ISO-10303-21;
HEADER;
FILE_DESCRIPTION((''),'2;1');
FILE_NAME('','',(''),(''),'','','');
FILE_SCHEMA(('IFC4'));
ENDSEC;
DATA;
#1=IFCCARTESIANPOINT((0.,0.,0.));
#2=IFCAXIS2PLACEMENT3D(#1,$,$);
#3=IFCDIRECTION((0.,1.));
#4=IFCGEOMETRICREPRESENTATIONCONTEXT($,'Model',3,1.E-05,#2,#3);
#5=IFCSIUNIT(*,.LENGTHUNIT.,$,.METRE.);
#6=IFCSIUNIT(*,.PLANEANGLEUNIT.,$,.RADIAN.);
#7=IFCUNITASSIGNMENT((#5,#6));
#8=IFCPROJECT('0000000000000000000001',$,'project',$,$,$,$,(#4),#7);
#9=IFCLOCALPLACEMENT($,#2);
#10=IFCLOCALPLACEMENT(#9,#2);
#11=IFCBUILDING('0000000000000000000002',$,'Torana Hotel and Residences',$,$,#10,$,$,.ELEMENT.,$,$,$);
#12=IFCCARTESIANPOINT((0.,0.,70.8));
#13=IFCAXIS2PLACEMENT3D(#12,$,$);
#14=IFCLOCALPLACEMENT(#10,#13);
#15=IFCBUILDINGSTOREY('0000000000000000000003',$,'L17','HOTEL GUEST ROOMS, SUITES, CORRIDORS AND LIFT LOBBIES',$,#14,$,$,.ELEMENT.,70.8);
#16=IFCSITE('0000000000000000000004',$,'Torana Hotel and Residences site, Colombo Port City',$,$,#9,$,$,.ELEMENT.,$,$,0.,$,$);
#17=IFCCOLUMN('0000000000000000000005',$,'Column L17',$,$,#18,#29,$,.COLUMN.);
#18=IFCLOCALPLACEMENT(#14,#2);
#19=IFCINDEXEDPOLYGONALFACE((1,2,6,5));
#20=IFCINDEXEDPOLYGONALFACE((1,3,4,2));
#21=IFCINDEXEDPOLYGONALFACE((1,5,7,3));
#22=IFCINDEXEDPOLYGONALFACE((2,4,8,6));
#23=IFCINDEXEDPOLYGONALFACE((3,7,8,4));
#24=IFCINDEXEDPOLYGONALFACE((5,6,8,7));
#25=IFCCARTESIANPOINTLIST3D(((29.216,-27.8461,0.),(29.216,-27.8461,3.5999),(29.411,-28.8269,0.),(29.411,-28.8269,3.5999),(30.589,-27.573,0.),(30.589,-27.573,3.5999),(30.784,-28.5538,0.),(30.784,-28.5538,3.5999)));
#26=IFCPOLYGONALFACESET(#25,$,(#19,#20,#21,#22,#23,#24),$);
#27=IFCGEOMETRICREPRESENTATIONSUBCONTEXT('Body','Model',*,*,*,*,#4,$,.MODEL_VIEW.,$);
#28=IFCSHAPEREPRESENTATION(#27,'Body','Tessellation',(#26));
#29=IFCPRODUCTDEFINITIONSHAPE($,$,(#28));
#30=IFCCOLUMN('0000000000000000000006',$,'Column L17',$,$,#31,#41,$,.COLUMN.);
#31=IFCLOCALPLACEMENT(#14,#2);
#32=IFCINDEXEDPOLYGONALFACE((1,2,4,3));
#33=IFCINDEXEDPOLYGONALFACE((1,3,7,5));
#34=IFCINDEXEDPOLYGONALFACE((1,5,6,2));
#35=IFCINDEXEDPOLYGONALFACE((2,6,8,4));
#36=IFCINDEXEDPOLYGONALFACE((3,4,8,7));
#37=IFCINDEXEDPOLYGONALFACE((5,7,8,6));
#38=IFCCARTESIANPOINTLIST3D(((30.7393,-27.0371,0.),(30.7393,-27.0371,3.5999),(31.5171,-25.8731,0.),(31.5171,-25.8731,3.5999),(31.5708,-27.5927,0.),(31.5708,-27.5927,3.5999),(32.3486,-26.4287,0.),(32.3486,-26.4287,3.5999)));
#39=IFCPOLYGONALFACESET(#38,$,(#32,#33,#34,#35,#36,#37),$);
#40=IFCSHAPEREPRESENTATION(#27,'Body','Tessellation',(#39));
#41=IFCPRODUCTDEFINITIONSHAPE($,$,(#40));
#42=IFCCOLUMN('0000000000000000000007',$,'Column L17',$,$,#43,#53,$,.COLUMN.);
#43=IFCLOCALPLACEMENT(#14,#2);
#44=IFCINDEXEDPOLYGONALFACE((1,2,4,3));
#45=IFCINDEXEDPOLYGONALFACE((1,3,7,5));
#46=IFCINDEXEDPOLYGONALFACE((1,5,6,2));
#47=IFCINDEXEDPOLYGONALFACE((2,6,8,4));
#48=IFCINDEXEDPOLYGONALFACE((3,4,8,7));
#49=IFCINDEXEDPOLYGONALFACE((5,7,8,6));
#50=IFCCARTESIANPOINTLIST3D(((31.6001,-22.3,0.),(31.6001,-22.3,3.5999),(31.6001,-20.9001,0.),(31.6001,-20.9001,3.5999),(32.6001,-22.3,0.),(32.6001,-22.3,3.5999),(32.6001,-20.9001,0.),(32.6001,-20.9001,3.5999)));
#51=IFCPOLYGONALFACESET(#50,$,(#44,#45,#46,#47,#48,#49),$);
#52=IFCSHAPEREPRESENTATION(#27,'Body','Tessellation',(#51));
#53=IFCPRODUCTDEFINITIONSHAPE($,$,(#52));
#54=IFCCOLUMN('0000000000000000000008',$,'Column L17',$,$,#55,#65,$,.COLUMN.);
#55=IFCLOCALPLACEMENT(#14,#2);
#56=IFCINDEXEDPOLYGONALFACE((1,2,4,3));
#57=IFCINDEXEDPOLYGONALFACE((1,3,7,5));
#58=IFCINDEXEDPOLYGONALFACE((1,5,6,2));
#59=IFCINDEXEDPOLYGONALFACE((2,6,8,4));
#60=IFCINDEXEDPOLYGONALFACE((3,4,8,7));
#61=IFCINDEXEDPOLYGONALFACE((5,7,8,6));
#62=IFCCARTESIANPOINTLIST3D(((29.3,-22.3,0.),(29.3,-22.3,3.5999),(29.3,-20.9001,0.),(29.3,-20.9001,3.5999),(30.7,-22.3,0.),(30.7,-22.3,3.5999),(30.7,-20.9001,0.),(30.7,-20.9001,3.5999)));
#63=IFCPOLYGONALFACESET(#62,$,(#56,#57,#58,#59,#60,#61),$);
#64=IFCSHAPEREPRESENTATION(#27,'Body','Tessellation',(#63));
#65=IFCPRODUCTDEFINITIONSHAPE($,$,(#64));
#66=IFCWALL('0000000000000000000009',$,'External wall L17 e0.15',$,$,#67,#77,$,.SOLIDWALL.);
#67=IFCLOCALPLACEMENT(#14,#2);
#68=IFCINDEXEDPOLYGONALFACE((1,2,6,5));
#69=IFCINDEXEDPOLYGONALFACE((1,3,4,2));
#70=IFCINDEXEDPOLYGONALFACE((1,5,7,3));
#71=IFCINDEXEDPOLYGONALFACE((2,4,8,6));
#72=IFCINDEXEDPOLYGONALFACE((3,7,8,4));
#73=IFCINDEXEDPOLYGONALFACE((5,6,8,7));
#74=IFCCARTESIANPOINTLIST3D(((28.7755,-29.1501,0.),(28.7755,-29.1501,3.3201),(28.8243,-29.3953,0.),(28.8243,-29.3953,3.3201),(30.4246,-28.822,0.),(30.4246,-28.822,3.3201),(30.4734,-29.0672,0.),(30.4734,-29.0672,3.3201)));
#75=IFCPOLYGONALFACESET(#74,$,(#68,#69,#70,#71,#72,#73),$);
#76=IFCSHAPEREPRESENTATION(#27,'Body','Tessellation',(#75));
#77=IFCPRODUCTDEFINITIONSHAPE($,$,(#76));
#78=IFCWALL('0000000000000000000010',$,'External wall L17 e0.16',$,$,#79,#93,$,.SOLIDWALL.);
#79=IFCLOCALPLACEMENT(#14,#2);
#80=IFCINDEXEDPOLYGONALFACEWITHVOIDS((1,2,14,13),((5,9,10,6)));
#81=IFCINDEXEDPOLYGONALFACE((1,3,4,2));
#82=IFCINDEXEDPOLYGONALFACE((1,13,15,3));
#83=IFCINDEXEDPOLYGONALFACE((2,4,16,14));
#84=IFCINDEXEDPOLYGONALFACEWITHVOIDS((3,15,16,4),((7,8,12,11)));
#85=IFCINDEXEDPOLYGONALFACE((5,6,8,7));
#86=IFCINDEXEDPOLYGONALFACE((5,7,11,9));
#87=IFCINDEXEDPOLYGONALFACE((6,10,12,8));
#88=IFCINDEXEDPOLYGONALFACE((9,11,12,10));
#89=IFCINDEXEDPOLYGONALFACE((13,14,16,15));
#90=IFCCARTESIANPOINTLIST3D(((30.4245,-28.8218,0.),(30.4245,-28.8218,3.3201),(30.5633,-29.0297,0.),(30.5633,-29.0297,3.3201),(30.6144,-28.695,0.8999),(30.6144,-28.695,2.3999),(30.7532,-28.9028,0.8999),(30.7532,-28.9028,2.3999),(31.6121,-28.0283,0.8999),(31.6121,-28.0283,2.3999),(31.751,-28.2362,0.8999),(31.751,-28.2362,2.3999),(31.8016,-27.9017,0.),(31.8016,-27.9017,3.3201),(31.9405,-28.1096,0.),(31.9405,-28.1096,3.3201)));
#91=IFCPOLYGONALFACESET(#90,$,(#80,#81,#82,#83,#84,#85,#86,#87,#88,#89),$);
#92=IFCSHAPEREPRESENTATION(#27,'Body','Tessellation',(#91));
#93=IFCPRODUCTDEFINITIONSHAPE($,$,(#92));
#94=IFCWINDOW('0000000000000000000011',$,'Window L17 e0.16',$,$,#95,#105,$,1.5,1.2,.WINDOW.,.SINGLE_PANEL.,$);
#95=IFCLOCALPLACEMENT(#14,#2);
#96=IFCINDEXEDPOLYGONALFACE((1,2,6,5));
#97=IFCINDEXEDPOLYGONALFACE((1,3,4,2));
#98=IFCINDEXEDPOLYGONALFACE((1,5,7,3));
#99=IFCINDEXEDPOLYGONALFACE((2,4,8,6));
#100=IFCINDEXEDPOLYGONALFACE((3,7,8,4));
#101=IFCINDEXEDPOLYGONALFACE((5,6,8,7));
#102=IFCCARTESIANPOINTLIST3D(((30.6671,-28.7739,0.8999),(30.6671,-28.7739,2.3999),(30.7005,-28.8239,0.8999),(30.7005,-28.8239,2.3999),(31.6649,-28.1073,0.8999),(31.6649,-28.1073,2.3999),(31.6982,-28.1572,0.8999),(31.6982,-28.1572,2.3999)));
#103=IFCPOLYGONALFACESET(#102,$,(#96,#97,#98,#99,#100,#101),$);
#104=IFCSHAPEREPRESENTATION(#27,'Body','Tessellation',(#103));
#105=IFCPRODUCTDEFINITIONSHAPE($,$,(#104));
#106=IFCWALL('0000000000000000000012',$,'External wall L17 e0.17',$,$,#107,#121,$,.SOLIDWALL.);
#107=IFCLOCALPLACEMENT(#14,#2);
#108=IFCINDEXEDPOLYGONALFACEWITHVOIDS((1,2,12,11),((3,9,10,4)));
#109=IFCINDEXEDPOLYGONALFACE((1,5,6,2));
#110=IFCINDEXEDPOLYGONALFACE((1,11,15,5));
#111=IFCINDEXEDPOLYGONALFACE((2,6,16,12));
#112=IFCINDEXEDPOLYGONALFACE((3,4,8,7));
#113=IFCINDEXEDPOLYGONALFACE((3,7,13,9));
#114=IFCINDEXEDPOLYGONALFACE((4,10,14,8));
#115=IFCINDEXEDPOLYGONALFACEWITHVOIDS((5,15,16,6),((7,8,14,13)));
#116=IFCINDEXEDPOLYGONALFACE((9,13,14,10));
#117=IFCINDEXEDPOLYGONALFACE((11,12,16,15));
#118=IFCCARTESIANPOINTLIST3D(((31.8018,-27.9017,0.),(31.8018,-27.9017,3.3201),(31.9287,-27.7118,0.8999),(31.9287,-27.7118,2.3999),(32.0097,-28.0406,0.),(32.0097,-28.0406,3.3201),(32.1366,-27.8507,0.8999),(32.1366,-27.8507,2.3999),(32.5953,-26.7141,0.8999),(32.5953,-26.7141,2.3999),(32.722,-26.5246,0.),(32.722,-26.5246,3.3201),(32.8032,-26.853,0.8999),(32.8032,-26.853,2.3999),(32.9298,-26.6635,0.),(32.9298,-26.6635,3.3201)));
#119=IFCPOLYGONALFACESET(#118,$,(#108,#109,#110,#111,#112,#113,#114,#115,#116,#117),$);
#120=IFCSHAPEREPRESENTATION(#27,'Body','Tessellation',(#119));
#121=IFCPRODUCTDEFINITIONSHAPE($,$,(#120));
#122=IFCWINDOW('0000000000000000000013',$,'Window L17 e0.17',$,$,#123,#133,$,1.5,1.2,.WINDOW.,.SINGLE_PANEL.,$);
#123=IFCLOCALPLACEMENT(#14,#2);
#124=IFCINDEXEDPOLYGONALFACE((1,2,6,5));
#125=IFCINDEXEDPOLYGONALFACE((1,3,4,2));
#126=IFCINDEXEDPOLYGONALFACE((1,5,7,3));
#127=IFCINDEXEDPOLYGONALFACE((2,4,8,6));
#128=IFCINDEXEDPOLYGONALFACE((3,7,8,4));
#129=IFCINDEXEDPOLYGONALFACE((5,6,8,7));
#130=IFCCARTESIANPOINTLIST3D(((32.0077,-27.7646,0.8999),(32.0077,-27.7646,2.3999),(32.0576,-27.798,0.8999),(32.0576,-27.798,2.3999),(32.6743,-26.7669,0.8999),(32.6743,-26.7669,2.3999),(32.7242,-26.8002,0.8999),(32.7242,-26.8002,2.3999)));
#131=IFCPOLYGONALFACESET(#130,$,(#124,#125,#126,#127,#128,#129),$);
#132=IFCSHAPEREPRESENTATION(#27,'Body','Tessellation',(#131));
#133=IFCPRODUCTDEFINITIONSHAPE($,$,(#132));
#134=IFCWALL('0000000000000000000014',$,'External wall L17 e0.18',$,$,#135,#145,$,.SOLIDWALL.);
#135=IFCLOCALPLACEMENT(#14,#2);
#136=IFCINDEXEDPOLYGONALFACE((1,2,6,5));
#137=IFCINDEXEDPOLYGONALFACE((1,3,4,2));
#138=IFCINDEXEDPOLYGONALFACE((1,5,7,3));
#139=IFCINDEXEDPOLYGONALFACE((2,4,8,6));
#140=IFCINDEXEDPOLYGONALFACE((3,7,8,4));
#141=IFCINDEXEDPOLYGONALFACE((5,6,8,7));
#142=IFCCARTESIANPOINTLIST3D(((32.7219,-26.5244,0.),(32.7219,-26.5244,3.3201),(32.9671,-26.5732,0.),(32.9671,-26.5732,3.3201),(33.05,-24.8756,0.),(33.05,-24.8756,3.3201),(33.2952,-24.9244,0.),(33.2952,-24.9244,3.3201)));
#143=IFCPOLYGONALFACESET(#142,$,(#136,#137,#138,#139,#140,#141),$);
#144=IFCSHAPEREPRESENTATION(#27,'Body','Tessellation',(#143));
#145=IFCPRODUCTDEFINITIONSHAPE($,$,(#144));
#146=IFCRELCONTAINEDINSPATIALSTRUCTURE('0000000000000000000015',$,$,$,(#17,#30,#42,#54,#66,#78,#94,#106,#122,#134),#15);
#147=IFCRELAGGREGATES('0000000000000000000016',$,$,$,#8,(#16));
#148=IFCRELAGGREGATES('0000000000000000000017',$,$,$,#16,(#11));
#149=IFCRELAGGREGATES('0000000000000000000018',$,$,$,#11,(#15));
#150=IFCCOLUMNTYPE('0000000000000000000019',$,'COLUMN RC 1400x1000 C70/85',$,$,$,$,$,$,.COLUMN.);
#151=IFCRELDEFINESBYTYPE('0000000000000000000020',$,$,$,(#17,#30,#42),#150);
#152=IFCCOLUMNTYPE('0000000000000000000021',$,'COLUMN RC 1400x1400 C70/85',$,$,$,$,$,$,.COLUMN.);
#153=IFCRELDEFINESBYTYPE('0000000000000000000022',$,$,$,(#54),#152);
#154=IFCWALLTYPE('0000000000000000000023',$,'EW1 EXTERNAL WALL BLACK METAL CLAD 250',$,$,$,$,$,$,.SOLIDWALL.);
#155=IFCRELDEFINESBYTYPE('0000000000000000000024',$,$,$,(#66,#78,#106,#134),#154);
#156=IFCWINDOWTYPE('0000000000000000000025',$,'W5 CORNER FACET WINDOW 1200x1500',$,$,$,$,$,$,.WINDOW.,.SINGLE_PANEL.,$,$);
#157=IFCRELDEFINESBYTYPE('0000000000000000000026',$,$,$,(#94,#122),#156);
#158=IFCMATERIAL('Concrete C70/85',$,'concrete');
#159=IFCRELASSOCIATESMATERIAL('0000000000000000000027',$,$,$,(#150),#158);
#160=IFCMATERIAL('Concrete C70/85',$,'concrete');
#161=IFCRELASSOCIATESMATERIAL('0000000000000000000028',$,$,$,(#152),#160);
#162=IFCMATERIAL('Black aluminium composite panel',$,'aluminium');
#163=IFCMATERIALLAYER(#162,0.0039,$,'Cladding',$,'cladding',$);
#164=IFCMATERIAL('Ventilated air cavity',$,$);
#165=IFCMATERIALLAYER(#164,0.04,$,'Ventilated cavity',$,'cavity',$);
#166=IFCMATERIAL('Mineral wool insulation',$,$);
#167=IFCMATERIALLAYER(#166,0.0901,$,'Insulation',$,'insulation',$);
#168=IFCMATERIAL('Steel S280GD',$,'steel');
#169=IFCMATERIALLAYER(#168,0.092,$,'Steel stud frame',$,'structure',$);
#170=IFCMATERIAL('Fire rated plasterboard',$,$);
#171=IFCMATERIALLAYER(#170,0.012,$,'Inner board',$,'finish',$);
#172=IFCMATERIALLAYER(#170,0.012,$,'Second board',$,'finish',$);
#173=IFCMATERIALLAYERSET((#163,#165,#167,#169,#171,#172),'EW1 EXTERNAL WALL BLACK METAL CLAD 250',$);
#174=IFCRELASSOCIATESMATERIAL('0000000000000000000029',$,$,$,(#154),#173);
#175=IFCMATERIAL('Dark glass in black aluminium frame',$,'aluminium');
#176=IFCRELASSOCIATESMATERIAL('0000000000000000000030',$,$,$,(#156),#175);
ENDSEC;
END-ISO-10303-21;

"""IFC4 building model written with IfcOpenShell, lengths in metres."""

from ifc_helpers import new_model, si_unit, direction, frame, frame_2d, origin, origin_2d, place, context, subcontext, project, spatial, rectangle, extrude, material, layer, layer_set, material_profile, profile_set, type_object, element, fill, save


model = new_model("IFC4")

# Units and contexts
model_context = context("Model", 3, precision=1e-05, world=origin(), true_north=direction((0.0, 1.0)))
body_context = subcontext(model_context, "Body", "Model", "MODEL_VIEW")
ifc_project = project(units=[si_unit("LENGTHUNIT", "METRE"), si_unit("PLANEANGLEUNIT", "RADIAN")], contexts=[model_context])

# Site, building, storey
site_placement = place(None, origin())
site = spatial("IfcSite", under=ifc_project, at=site_placement, Name="Torana Hotel and Residences site, Colombo Port City", CompositionType="ELEMENT", RefElevation=0.0)
building_placement = place(site_placement, origin())
building = spatial("IfcBuilding", under=site, at=building_placement, Name="Torana Hotel and Residences", CompositionType="ELEMENT")
storey_placement = place(building_placement, frame((0.0, 0.0, 70.8)))
storey = spatial("IfcBuildingStorey", under=building, at=storey_placement, Name="L17", Description="HOTEL GUEST ROOMS, SUITES, CORRIDORS AND LIFT LOBBIES", CompositionType="ELEMENT", Elevation=70.8)

# Columns
ifc_material_1 = material(Name="Concrete C70/85", Category="concrete")
ifc_material_profile_1 = material_profile(ifc_material_1, rectangle(XDim=1.3999, YDim=1.0, at=origin_2d()), Name="RC 1400x1000")
ifc_profile_set_1 = profile_set([ifc_material_profile_1], Name="Concrete C70/85")
column_type_1 = type_object("IfcColumnType", Name="COLUMN RC 1400x1000 C70/85", PredefinedType="COLUMN", material=ifc_profile_set_1)
for number, where, z_axis, x_axis, name in (
    (1, (30.0, -28.2, 0.0), (0.0, 0.0, 1.0), (0.980792, 0.195056, 0.0), "Column L17"),
    (2, (31.5439, -26.7329, 0.0), (0.0, 0.0, 1.0), (0.555585, 0.83146, 0.0), "Column L17"),
    (3, (32.1001, -21.6001, 0.0), (0.0, 0.0, 1.0), (0.0, 1.0, 0.0), "Column L17"),
):
    element("IfcColumn", number, at=place(storey_placement, frame(where, z_axis=z_axis, x_axis=x_axis)), inside=storey, type_object=column_type_1, Name=name, PredefinedType="COLUMN", context=body_context, shape_type="SweptSolid", body=[
        extrude(rectangle(XDim=1.3999, YDim=1.0, at=origin_2d()), origin(), (0.0, 0.0, 1.0), 3.5999),
    ])
ifc_material_2 = material(Name="Concrete C70/85", Category="concrete")
ifc_material_profile_2 = material_profile(ifc_material_2, rectangle(XDim=1.3999, YDim=1.3999, at=origin_2d()), Name="RC 1400x1400")
ifc_profile_set_2 = profile_set([ifc_material_profile_2], Name="Concrete C70/85")
column_type_2 = type_object("IfcColumnType", Name="COLUMN RC 1400x1400 C70/85", PredefinedType="COLUMN", material=ifc_profile_set_2)
column_placement = place(storey_placement, frame((30.0, -21.6001, 0.0), z_axis=(0.0, 0.0, 1.0), x_axis=(1.0, 0.0, 0.0)))
element("IfcColumn", 4, at=column_placement, inside=storey, type_object=column_type_2, Name="Column L17", PredefinedType="COLUMN", context=body_context, shape_type="SweptSolid", body=[
    extrude(rectangle(XDim=1.3999, YDim=1.3999, at=origin_2d()), origin(), (0.0, 0.0, 1.0), 3.5999),
])

# Wall
ifc_material_3 = material(Name="Black aluminium composite panel", Category="aluminium")
ifc_layer_1 = layer(ifc_material_3, 0.0039, Name="Cladding", Category="cladding")
ifc_material_4 = material(Name="Ventilated air cavity")
ifc_layer_2 = layer(ifc_material_4, 0.04, Name="Ventilated cavity", Category="cavity")
ifc_material_5 = material(Name="Mineral wool insulation")
ifc_layer_3 = layer(ifc_material_5, 0.0901, Name="Insulation", Category="insulation")
ifc_material_6 = material(Name="Steel S280GD", Category="steel")
ifc_layer_4 = layer(ifc_material_6, 0.092, Name="Steel stud frame", Category="structure")
ifc_material_7 = material(Name="Fire rated plasterboard")
ifc_layer_5 = layer(ifc_material_7, 0.012, Name="Inner board", Category="finish")
ifc_layer_6 = layer(ifc_material_7, 0.012, Name="Second board", Category="finish")
ifc_layer_set_1 = layer_set([ifc_layer_1, ifc_layer_2, ifc_layer_3, ifc_layer_4, ifc_layer_5, ifc_layer_6], Name="EW1 EXTERNAL WALL BLACK METAL CLAD 250")
wall_type_1 = type_object("IfcWallType", Name="EW1 EXTERNAL WALL BLACK METAL CLAD 250", PredefinedType="SOLIDWALL", material=ifc_layer_set_1)
wall_1_placement = place(storey_placement, frame((28.7998, -29.2727, 0.0), z_axis=(0.0, 0.0, 1.0), x_axis=(0.980776, 0.195139, 0.0)))
element("IfcWall", 5, at=wall_1_placement, inside=storey, type_object=wall_type_1, Name="External wall L17 e0.15", PredefinedType="SOLIDWALL", context=body_context, shape_type="SweptSolid", body=[
    extrude(rectangle(XDim=1.6814, YDim=0.25, at=frame_2d((0.8408, 0.0))), origin(), (0.0, 0.0, 1.0), 3.3201),
])

# Walls, openings, windows
wall_2_placement = place(storey_placement, frame((30.4939, -28.9258, 0.0), z_axis=(0.0, 0.0, 1.0), x_axis=(0.831483, 0.55555, 0.0)))
wall_2 = element("IfcWall", 6, at=wall_2_placement, inside=storey, type_object=wall_type_1, Name="External wall L17 e0.16", PredefinedType="SOLIDWALL", context=body_context, shape_type="SweptSolid", body=[
    extrude(rectangle(XDim=1.6562, YDim=0.25, at=frame_2d((0.8281, 0.0))), origin(), (0.0, 0.0, 1.0), 3.3201),
])
opening_1_placement = place(wall_2_placement, frame((0.2283, 0.0, 0.8999)))
opening_1 = element("IfcOpeningElement", 7, at=opening_1_placement, cuts=wall_2, PredefinedType="OPENING", context=body_context, shape_type="SweptSolid", body=[
    extrude(rectangle(XDim=1.2, YDim=1.5, at=frame_2d((0.6001, 0.75))), frame((0.0, 0.135, 0.0), z_axis=(0.0, -1.0, 0.0), x_axis=(1.0, 0.0, 0.0)), (0.0, 0.0, 1.0), 0.27),
])
ifc_material_8 = material(Name="Dark glass in black aluminium frame", Category="aluminium")
window_type_1 = type_object("IfcWindowType", Name="W5 CORNER FACET WINDOW 1200x1500", PartitioningType="SINGLE_PANEL", PredefinedType="WINDOW", material=ifc_material_8)
window_1_placement = place(opening_1_placement, origin())
window_1 = element("IfcWindow", 8, at=window_1_placement, inside=storey, type_object=window_type_1, Name="Window L17 e0.16", OverallHeight=1.5, OverallWidth=1.2, PartitioningType="SINGLE_PANEL", PredefinedType="WINDOW", context=body_context, shape_type="SweptSolid", body=[
    extrude(rectangle(XDim=1.2, YDim=1.5, at=frame_2d((0.6001, 0.75))), frame((0.0, 0.03, 0.0), z_axis=(0.0, -1.0, 0.0), x_axis=(1.0, 0.0, 0.0)), (0.0, 0.0, 1.0), 0.0601),
])
fill(opening_1, window_1)
wall_3_placement = place(storey_placement, frame((31.9058, -27.9712, 0.0), z_axis=(0.0, 0.0, 1.0), x_axis=(0.55555, 0.831483, 0.0)))
wall_3 = element("IfcWall", 9, at=wall_3_placement, inside=storey, type_object=wall_type_1, Name="External wall L17 e0.17", PredefinedType="SOLIDWALL", context=body_context, shape_type="SweptSolid", body=[
    extrude(rectangle(XDim=1.6562, YDim=0.25, at=frame_2d((0.8281, 0.0))), origin(), (0.0, 0.0, 1.0), 3.3201),
])
opening_2_placement = place(wall_3_placement, frame((0.2283, 0.0, 0.8999)))
opening_2 = element("IfcOpeningElement", 10, at=opening_2_placement, cuts=wall_3, PredefinedType="OPENING", context=body_context, shape_type="SweptSolid", body=[
    extrude(rectangle(XDim=1.2, YDim=1.5, at=frame_2d((0.6001, 0.75))), frame((0.0, 0.135, 0.0), z_axis=(0.0, -1.0, 0.0), x_axis=(1.0, 0.0, 0.0)), (0.0, 0.0, 1.0), 0.27),
])
window_2_placement = place(opening_2_placement, origin())
window_2 = element("IfcWindow", 11, at=window_2_placement, inside=storey, type_object=window_type_1, Name="Window L17 e0.17", OverallHeight=1.5, OverallWidth=1.2, PartitioningType="SINGLE_PANEL", PredefinedType="WINDOW", context=body_context, shape_type="SweptSolid", body=[
    extrude(rectangle(XDim=1.2, YDim=1.5, at=frame_2d((0.6001, 0.75))), frame((0.0, 0.03, 0.0), z_axis=(0.0, -1.0, 0.0), x_axis=(1.0, 0.0, 0.0)), (0.0, 0.0, 1.0), 0.0601),
])
fill(opening_2, window_2)

# Wall
wall_4_placement = place(storey_placement, frame((32.8445, -26.5488, 0.0), z_axis=(0.0, 0.0, 1.0), x_axis=(0.195167, 0.98077, 0.0)))
element("IfcWall", 12, at=wall_4_placement, inside=storey, type_object=wall_type_1, Name="External wall L17 e0.18", PredefinedType="SOLIDWALL", context=body_context, shape_type="SweptSolid", body=[
    extrude(rectangle(XDim=1.6812, YDim=0.25, at=frame_2d((0.8406, 0.0))), origin(), (0.0, 0.0, 1.0), 3.3201),
])

save(model, "model.ifc")
